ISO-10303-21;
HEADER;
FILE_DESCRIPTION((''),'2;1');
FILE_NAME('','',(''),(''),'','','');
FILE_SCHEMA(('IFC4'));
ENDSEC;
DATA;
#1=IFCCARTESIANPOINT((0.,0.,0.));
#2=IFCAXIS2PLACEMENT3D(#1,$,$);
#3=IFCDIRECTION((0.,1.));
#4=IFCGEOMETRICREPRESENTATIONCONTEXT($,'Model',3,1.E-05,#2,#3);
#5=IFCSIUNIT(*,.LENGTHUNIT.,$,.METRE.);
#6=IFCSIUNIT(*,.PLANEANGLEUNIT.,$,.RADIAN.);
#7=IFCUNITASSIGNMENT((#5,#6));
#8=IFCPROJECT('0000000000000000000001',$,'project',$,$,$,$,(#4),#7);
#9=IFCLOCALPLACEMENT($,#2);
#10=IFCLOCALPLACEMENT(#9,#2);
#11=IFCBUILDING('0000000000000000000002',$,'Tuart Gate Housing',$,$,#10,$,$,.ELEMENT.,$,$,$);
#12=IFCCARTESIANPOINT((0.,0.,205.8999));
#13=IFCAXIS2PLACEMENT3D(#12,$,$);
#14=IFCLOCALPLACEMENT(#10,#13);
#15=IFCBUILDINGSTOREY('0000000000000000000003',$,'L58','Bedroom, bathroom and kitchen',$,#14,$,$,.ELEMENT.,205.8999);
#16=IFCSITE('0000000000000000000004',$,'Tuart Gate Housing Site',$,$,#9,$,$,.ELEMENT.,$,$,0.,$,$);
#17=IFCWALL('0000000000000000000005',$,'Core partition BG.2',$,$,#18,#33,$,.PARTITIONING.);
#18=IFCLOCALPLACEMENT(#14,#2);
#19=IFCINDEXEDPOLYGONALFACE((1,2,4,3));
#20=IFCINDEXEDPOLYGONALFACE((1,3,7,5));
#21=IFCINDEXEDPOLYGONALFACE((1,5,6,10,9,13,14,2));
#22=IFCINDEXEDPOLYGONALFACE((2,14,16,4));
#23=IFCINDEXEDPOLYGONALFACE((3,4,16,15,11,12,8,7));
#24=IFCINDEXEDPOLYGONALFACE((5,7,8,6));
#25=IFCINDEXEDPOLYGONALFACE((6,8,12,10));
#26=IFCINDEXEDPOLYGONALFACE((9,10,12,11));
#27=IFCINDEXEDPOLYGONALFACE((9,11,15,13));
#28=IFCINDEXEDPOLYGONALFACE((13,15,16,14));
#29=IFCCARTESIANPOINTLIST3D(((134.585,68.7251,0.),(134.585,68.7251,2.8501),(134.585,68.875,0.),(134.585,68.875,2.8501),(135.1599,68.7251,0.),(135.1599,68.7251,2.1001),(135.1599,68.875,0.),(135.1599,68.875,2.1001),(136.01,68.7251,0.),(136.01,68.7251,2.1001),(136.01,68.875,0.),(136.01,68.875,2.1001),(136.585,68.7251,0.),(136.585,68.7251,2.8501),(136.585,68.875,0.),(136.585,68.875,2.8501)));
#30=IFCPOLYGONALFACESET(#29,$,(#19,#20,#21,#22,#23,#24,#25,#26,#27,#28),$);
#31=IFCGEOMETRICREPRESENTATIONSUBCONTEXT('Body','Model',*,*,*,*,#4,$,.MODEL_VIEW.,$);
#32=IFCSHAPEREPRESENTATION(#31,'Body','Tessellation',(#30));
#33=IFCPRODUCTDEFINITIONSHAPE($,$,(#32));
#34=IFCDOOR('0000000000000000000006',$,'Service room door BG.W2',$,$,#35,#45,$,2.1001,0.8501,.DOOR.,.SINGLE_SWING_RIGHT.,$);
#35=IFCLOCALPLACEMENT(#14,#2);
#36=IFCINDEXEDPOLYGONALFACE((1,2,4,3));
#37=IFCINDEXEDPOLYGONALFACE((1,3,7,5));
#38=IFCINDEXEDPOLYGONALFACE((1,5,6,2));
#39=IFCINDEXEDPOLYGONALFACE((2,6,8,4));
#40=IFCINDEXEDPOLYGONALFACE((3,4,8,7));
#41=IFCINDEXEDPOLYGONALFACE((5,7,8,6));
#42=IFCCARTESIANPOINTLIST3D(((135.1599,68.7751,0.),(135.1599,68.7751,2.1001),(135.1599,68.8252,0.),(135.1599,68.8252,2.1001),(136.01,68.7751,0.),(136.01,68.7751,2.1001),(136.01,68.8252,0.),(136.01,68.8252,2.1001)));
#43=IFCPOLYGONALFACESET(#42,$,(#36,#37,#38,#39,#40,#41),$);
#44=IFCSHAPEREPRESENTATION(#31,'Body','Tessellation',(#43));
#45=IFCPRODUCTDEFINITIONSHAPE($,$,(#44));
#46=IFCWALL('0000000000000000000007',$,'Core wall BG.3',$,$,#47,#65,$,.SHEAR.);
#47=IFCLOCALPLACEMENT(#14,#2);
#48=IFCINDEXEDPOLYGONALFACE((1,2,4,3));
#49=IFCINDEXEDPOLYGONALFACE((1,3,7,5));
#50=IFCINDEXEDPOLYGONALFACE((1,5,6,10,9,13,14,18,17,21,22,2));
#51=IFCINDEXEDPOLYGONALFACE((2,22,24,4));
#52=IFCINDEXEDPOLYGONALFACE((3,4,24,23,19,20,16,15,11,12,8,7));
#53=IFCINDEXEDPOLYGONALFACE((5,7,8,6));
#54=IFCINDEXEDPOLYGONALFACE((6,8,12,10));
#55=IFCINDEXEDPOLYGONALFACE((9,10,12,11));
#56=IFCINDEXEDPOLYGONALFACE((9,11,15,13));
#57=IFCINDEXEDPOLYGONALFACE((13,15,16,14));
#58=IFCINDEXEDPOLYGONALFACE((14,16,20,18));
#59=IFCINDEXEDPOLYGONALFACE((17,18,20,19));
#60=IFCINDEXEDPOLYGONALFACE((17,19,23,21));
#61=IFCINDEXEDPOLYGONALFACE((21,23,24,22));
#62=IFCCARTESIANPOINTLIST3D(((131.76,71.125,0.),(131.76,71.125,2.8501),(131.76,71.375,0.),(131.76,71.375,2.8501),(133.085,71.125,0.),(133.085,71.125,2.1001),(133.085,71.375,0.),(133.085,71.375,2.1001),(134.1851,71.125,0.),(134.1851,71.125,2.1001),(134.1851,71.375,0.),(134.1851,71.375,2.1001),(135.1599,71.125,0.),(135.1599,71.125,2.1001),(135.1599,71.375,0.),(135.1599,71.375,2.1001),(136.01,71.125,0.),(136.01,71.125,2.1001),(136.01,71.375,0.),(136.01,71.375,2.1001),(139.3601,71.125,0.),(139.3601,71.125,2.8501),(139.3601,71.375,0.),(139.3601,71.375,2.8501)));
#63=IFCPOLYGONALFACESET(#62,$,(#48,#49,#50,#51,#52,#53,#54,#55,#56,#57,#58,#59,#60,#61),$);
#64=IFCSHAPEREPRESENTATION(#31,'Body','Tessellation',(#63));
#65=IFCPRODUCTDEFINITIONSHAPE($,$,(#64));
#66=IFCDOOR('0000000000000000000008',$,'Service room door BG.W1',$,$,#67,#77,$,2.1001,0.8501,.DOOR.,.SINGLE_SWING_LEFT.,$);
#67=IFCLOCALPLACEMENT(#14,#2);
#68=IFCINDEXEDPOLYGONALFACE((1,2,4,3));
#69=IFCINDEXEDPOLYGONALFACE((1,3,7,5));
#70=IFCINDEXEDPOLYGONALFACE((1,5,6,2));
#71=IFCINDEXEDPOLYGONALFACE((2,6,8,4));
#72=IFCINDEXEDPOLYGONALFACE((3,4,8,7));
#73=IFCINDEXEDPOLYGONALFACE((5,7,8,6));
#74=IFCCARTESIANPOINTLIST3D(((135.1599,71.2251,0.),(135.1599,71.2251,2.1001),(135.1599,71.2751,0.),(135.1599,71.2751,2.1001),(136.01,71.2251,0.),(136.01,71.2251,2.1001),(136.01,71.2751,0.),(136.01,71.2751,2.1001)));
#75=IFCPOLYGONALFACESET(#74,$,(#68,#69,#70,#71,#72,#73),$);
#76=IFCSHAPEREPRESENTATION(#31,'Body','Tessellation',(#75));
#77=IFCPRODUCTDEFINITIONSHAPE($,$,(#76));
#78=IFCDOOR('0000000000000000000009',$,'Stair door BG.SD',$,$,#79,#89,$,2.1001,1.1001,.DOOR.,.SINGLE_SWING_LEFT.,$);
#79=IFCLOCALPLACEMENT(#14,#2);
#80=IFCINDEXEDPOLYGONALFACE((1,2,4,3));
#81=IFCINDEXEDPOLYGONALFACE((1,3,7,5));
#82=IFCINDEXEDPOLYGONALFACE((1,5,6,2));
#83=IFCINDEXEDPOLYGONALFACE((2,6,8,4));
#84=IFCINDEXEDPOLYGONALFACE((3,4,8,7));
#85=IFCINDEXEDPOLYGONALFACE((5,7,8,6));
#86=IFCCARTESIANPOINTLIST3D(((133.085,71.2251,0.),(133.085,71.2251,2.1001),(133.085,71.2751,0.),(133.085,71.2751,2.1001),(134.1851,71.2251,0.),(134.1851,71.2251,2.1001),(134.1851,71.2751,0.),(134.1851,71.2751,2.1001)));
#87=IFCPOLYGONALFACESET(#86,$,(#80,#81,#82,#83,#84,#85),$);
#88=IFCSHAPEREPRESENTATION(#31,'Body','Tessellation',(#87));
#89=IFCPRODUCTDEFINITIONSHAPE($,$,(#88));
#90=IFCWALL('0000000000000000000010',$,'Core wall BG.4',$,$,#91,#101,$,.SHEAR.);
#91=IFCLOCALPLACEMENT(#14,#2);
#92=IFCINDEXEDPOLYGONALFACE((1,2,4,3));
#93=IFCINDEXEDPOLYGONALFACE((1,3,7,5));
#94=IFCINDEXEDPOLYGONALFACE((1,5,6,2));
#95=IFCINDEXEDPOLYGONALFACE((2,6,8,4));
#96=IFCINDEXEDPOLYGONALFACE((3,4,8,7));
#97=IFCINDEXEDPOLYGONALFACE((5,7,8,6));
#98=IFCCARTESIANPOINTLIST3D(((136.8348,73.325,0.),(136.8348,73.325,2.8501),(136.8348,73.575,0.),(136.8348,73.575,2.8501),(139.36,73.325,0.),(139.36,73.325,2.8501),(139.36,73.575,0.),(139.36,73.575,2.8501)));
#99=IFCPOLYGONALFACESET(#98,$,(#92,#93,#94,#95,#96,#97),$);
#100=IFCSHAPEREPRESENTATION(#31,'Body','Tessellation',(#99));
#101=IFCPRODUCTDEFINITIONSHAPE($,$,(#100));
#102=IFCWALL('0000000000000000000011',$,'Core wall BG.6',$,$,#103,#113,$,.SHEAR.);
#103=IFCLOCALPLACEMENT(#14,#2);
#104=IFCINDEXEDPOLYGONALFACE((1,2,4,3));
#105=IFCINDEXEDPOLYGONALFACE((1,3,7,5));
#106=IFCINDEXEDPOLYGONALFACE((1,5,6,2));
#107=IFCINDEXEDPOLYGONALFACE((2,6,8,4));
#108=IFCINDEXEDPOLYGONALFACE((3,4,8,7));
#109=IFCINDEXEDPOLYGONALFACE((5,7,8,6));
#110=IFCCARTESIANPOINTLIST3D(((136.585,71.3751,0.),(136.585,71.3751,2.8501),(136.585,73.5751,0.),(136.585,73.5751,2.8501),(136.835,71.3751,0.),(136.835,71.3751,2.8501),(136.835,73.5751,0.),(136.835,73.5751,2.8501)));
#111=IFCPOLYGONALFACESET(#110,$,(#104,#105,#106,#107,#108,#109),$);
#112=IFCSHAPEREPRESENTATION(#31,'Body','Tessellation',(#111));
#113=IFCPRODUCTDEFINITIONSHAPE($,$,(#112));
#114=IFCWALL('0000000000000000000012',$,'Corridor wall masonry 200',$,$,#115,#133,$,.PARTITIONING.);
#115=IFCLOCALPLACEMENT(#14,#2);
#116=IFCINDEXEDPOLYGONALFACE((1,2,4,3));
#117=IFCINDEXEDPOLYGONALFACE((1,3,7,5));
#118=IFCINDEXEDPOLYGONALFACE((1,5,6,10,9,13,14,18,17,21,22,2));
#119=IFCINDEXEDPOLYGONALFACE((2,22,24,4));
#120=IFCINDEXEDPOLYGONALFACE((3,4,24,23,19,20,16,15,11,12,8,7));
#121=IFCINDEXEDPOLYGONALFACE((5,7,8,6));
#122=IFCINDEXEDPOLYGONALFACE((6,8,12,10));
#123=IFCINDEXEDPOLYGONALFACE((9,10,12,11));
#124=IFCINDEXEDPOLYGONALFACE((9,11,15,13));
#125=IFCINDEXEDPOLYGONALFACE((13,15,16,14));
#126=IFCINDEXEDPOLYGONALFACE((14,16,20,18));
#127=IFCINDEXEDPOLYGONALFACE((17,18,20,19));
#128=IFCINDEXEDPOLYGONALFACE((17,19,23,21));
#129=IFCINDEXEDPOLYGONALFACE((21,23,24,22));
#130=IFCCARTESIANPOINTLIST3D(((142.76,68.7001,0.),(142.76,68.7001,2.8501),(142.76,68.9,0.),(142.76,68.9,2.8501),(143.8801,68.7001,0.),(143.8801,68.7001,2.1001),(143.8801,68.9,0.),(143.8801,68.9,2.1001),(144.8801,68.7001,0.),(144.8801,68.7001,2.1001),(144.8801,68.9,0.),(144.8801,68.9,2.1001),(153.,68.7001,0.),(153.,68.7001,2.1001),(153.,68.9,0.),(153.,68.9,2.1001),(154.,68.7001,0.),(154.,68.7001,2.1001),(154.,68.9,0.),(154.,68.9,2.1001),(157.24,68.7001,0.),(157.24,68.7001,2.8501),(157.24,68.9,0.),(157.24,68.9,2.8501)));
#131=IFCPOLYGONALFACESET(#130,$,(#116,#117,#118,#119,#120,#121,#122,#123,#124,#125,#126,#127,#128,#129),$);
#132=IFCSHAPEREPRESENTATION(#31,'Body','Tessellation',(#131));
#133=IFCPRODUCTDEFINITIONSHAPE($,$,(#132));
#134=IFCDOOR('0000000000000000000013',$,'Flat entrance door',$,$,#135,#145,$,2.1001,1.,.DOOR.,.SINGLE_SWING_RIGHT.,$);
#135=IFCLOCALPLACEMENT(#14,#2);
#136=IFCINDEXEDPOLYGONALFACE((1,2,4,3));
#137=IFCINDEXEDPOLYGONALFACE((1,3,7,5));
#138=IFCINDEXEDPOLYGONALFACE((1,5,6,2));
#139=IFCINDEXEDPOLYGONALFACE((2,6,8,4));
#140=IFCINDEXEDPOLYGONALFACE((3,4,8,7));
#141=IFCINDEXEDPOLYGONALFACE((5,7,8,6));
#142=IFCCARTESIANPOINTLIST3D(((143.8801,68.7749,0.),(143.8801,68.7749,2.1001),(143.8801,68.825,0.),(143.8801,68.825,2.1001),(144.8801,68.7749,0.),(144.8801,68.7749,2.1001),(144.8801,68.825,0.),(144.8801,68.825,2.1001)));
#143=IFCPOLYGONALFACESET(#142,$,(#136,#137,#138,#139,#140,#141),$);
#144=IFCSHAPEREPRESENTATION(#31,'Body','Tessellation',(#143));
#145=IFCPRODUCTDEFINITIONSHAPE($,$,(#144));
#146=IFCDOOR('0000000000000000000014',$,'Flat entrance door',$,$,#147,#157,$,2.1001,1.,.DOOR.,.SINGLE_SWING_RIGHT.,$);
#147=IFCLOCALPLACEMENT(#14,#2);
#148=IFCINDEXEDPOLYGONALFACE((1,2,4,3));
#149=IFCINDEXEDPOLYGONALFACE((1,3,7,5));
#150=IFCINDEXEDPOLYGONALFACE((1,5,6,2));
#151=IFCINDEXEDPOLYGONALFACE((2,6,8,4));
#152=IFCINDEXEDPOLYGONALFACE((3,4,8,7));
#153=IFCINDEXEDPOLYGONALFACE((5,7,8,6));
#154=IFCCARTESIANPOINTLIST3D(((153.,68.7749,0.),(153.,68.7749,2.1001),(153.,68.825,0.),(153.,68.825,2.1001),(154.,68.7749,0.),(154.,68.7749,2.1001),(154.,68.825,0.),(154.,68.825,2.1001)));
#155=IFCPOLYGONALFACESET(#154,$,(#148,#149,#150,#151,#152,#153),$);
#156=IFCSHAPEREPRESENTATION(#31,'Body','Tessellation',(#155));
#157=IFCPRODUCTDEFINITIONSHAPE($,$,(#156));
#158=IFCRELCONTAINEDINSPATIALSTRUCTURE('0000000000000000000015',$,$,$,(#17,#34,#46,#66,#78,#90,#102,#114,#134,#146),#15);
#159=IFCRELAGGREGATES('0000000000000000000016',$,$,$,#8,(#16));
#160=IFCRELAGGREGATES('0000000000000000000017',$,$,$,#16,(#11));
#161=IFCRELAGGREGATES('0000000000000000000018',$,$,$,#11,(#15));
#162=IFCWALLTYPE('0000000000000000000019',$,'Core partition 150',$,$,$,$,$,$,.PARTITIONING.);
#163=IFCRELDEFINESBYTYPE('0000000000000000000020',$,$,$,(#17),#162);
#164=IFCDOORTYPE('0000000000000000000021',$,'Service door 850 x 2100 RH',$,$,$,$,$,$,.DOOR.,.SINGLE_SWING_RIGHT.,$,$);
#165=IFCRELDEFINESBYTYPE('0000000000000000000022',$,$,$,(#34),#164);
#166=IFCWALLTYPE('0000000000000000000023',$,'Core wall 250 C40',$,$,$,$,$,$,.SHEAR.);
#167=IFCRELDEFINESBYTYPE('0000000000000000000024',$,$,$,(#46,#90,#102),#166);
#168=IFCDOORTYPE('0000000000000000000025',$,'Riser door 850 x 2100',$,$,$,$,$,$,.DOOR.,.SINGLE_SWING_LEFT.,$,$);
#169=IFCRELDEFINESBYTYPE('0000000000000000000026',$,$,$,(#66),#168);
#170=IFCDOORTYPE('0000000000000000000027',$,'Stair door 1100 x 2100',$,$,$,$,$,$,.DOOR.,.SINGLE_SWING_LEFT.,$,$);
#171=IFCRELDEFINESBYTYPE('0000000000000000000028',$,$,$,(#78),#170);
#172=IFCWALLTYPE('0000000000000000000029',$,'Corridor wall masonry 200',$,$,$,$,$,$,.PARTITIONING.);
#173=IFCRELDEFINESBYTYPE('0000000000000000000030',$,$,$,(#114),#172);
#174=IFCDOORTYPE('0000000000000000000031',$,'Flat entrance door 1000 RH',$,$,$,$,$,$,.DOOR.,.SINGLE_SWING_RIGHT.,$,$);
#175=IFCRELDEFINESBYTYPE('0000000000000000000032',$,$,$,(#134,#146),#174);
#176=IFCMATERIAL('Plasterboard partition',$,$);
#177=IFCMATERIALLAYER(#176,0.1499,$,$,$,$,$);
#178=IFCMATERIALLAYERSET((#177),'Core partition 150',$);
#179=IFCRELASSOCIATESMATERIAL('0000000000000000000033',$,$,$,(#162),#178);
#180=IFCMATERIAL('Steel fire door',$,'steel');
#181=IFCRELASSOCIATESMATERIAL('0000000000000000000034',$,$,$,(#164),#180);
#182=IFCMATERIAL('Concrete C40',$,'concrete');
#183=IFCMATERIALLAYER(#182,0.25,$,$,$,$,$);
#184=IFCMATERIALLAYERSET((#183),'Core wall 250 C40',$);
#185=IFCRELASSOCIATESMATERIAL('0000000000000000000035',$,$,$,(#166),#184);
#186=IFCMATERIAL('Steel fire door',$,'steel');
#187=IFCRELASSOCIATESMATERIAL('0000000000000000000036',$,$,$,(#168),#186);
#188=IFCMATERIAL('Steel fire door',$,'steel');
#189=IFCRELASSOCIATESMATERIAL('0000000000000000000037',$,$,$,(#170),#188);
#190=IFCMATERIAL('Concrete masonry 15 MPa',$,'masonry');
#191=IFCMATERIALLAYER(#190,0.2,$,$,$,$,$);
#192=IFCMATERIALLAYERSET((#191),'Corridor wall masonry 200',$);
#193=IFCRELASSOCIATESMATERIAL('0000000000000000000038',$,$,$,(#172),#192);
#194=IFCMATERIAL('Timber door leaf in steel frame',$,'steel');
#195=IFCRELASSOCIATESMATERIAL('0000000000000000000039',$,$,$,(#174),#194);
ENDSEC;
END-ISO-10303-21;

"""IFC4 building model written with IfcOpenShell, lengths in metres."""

from ifc_helpers import new_model, si_unit, direction, frame, frame_2d, origin, place, context, subcontext, project, spatial, rectangle, extrude, material, layer, layer_set, type_object, element, fill, save


model = new_model("IFC4")

# Units and contexts
model_context = context("Model", 3, precision=1e-05, world=origin(), true_north=direction((0.0, 1.0)))
body_context = subcontext(model_context, "Body", "Model", "MODEL_VIEW")
ifc_project = project(units=[si_unit("LENGTHUNIT", "METRE"), si_unit("PLANEANGLEUNIT", "RADIAN")], contexts=[model_context])

# Site, building, storey
site_placement = place(None, origin())
site = spatial("IfcSite", under=ifc_project, at=site_placement, Name="Tuart Gate Housing Site", CompositionType="ELEMENT", RefElevation=0.0)
building_placement = place(site_placement, origin())
building = spatial("IfcBuilding", under=site, at=building_placement, Name="Tuart Gate Housing", CompositionType="ELEMENT")
storey_placement = place(building_placement, frame((0.0, 0.0, 205.8999)))
storey = spatial("IfcBuildingStorey", under=building, at=storey_placement, Name="L58", Description="Bedroom, bathroom and kitchen", CompositionType="ELEMENT", Elevation=205.8999)

# Wall, opening, door
ifc_material_1 = material(Name="Plasterboard partition")
ifc_layer_1 = layer(ifc_material_1, 0.1499)
ifc_layer_set_1 = layer_set([ifc_layer_1], Name="Core partition 150")
wall_type_1 = type_object("IfcWallType", Name="Core partition 150", PredefinedType="PARTITIONING", material=ifc_layer_set_1)
wall_1_placement = place(storey_placement, frame((136.585, 68.8, 0.0), z_axis=(0.0, 0.0, 1.0), x_axis=(-1.0, 0.0, 0.0)))
wall_1 = element("IfcWall", 1, at=wall_1_placement, inside=storey, type_object=wall_type_1, Name="Core partition BG.2", PredefinedType="PARTITIONING", context=body_context, shape_type="SweptSolid", body=[
    extrude(rectangle(XDim=2.0, YDim=0.1499, at=frame_2d((1.0, 0.0))), origin(), (0.0, 0.0, 1.0), 2.8501),
])
opening_1_placement = place(wall_1_placement, frame((0.575, 0.0, 0.0)))
opening_1 = element("IfcOpeningElement", 2, at=opening_1_placement, cuts=wall_1, PredefinedType="OPENING", context=body_context, shape_type="SweptSolid", body=[
    extrude(rectangle(XDim=0.8501, YDim=2.1001, at=frame_2d((0.425, 1.05))), frame((0.0, 0.085, 0.0), z_axis=(0.0, -1.0, 0.0), x_axis=(1.0, 0.0, 0.0)), (0.0, 0.0, 1.0), 0.1699),
])
ifc_material_2 = material(Name="Steel fire door", Category="steel")
door_type_1 = type_object("IfcDoorType", Name="Service door 850 x 2100 RH", OperationType="SINGLE_SWING_RIGHT", PredefinedType="DOOR", material=ifc_material_2)
door_1_placement = place(opening_1_placement, frame((0.8501, 0.0, 0.0), z_axis=(0.0, 0.0, 1.0), x_axis=(-1.0, 0.0, 0.0)))
door_1 = element("IfcDoor", 3, at=door_1_placement, inside=storey, type_object=door_type_1, Name="Service room door BG.W2", OperationType="SINGLE_SWING_RIGHT", OverallHeight=2.1001, OverallWidth=0.8501, PredefinedType="DOOR", context=body_context, shape_type="SweptSolid", body=[
    extrude(rectangle(XDim=0.8501, YDim=2.1001, at=frame_2d((0.425, 1.05))), frame((0.0, 0.0251, 0.0), z_axis=(0.0, -1.0, 0.0), x_axis=(1.0, 0.0, 0.0)), (0.0, 0.0, 1.0), 0.05),
])
fill(opening_1, door_1)

# Wall, openings, doors
ifc_material_3 = material(Name="Concrete C40", Category="concrete")
ifc_layer_2 = layer(ifc_material_3, 0.25)
ifc_layer_set_2 = layer_set([ifc_layer_2], Name="Core wall 250 C40")
wall_type_2 = type_object("IfcWallType", Name="Core wall 250 C40", PredefinedType="SHEAR", material=ifc_layer_set_2)
wall_2_placement = place(storey_placement, frame((139.3601, 71.25, 0.0), z_axis=(0.0, 0.0, 1.0), x_axis=(-1.0, 0.0, 0.0)))
wall_2 = element("IfcWall", 4, at=wall_2_placement, inside=storey, type_object=wall_type_2, Name="Core wall BG.3", PredefinedType="SHEAR", context=body_context, shape_type="SweptSolid", body=[
    extrude(rectangle(XDim=7.6001, YDim=0.25, at=frame_2d((3.8, 0.0))), origin(), (0.0, 0.0, 1.0), 2.8501),
])
opening_2_placement = place(wall_2_placement, frame((5.175, 0.0, 0.0)))
opening_2 = element("IfcOpeningElement", 5, at=opening_2_placement, cuts=wall_2, PredefinedType="OPENING", context=body_context, shape_type="SweptSolid", body=[
    extrude(rectangle(XDim=1.1001, YDim=2.1001, at=frame_2d((0.55, 1.05))), frame((0.0, 0.135, 0.0), z_axis=(0.0, -1.0, 0.0), x_axis=(1.0, 0.0, 0.0)), (0.0, 0.0, 1.0), 0.27),
])
opening_3_placement = place(wall_2_placement, frame((3.3501, 0.0, 0.0)))
opening_3 = element("IfcOpeningElement", 6, at=opening_3_placement, cuts=wall_2, PredefinedType="OPENING", context=body_context, shape_type="SweptSolid", body=[
    extrude(rectangle(XDim=0.8501, YDim=2.1001, at=frame_2d((0.425, 1.05))), frame((0.0, 0.135, 0.0), z_axis=(0.0, -1.0, 0.0), x_axis=(1.0, 0.0, 0.0)), (0.0, 0.0, 1.0), 0.27),
])
ifc_material_4 = material(Name="Steel fire door", Category="steel")
door_type_2 = type_object("IfcDoorType", Name="Riser door 850 x 2100", OperationType="SINGLE_SWING_LEFT", PredefinedType="DOOR", material=ifc_material_4)
door_2_placement = place(opening_3_placement, origin())
door_2 = element("IfcDoor", 7, at=door_2_placement, inside=storey, type_object=door_type_2, Name="Service room door BG.W1", OperationType="SINGLE_SWING_LEFT", OverallHeight=2.1001, OverallWidth=0.8501, PredefinedType="DOOR", context=body_context, shape_type="SweptSolid", body=[
    extrude(rectangle(XDim=0.8501, YDim=2.1001, at=frame_2d((0.425, 1.05))), frame((0.0, 0.0249, 0.0), z_axis=(0.0, -1.0, 0.0), x_axis=(1.0, 0.0, 0.0)), (0.0, 0.0, 1.0), 0.05),
])
fill(opening_3, door_2)
ifc_material_5 = material(Name="Steel fire door", Category="steel")
door_type_3 = type_object("IfcDoorType", Name="Stair door 1100 x 2100", OperationType="SINGLE_SWING_LEFT", PredefinedType="DOOR", material=ifc_material_5)
door_3_placement = place(opening_2_placement, origin())
door_3 = element("IfcDoor", 8, at=door_3_placement, inside=storey, type_object=door_type_3, Name="Stair door BG.SD", OperationType="SINGLE_SWING_LEFT", OverallHeight=2.1001, OverallWidth=1.1001, PredefinedType="DOOR", context=body_context, shape_type="SweptSolid", body=[
    extrude(rectangle(XDim=1.1001, YDim=2.1001, at=frame_2d((0.55, 1.05))), frame((0.0, 0.0249, 0.0), z_axis=(0.0, -1.0, 0.0), x_axis=(1.0, 0.0, 0.0)), (0.0, 0.0, 1.0), 0.05),
])
fill(opening_2, door_3)

# Walls
wall_3_placement = place(storey_placement, frame((139.3601, 73.45, 0.0), z_axis=(0.0, 0.0, 1.0), x_axis=(-1.0, 0.0, 0.0)))
element("IfcWall", 9, at=wall_3_placement, inside=storey, type_object=wall_type_2, Name="Core wall BG.4", PredefinedType="SHEAR", context=body_context, shape_type="SweptSolid", body=[
    extrude(rectangle(XDim=2.5251, YDim=0.25, at=frame_2d((1.2627, 0.0))), origin(), (0.0, 0.0, 1.0), 2.8501),
])
wall_4_placement = place(storey_placement, frame((136.71, 71.375, 0.0), z_axis=(0.0, 0.0, 1.0), x_axis=(0.0, 1.0, 0.0)))
element("IfcWall", 10, at=wall_4_placement, inside=storey, type_object=wall_type_2, Name="Core wall BG.6", PredefinedType="SHEAR", context=body_context, shape_type="SweptSolid", body=[
    extrude(rectangle(XDim=2.2, YDim=0.25, at=frame_2d((1.1001, 0.0))), origin(), (0.0, 0.0, 1.0), 2.8501),
])

# Wall, openings, doors
ifc_material_6 = material(Name="Concrete masonry 15 MPa", Category="masonry")
ifc_layer_3 = layer(ifc_material_6, 0.2)
ifc_layer_set_3 = layer_set([ifc_layer_3], Name="Corridor wall masonry 200")
wall_type_3 = type_object("IfcWallType", Name="Corridor wall masonry 200", PredefinedType="PARTITIONING", material=ifc_layer_set_3)
wall_5_placement = place(storey_placement, frame((142.76, 68.8, 0.0), z_axis=(0.0, 0.0, 1.0), x_axis=(1.0, 0.0, 0.0)))
wall_5 = element("IfcWall", 11, at=wall_5_placement, inside=storey, type_object=wall_type_3, Name="Corridor wall masonry 200", PredefinedType="PARTITIONING", context=body_context, shape_type="SweptSolid", body=[
    extrude(rectangle(XDim=14.48, YDim=0.2, at=frame_2d((7.24, 0.0))), origin(), (0.0, 0.0, 1.0), 2.8501),
])
opening_4_placement = place(wall_5_placement, frame((1.1201, 0.0, 0.0)))
opening_4 = element("IfcOpeningElement", 12, at=opening_4_placement, cuts=wall_5, PredefinedType="OPENING", context=body_context, shape_type="SweptSolid", body=[
    extrude(rectangle(XDim=1.0, YDim=2.1001, at=frame_2d((0.5, 1.05))), frame((0.0, 0.1099, 0.0), z_axis=(0.0, -1.0, 0.0), x_axis=(1.0, 0.0, 0.0)), (0.0, 0.0, 1.0), 0.22),
])
opening_5_placement = place(wall_5_placement, frame((10.24, 0.0, 0.0)))
opening_5 = element("IfcOpeningElement", 13, at=opening_5_placement, cuts=wall_5, PredefinedType="OPENING", context=body_context, shape_type="SweptSolid", body=[
    extrude(rectangle(XDim=1.0, YDim=2.1001, at=frame_2d((0.5, 1.05))), frame((0.0, 0.1099, 0.0), z_axis=(0.0, -1.0, 0.0), x_axis=(1.0, 0.0, 0.0)), (0.0, 0.0, 1.0), 0.22),
])
ifc_material_7 = material(Name="Timber door leaf in steel frame", Category="steel")
door_type_4 = type_object("IfcDoorType", Name="Flat entrance door 1000 RH", OperationType="SINGLE_SWING_RIGHT", PredefinedType="DOOR", material=ifc_material_7)
door_4_placement = place(opening_4_placement, frame((1.0, 0.0, 0.0), z_axis=(0.0, 0.0, 1.0), x_axis=(-1.0, 0.0, 0.0)))
door_4 = element("IfcDoor", 14, at=door_4_placement, inside=storey, type_object=door_type_4, Name="Flat entrance door", OperationType="SINGLE_SWING_RIGHT", OverallHeight=2.1001, OverallWidth=1.0, PredefinedType="DOOR", context=body_context, shape_type="SweptSolid", body=[
    extrude(rectangle(XDim=1.0, YDim=2.1001, at=frame_2d((0.5, 1.05))), frame((0.0, 0.0251, 0.0), z_axis=(0.0, -1.0, 0.0), x_axis=(1.0, 0.0, 0.0)), (0.0, 0.0, 1.0), 0.05),
])
fill(opening_4, door_4)
door_5_placement = place(opening_5_placement, frame((1.0, 0.0, 0.0), z_axis=(0.0, 0.0, 1.0), x_axis=(-1.0, 0.0, 0.0)))
door_5 = element("IfcDoor", 15, at=door_5_placement, inside=storey, type_object=door_type_4, Name="Flat entrance door", OperationType="SINGLE_SWING_RIGHT", OverallHeight=2.1001, OverallWidth=1.0, PredefinedType="DOOR", context=body_context, shape_type="SweptSolid", body=[
    extrude(rectangle(XDim=1.0, YDim=2.1001, at=frame_2d((0.5, 1.05))), frame((0.0, 0.0251, 0.0), z_axis=(0.0, -1.0, 0.0), x_axis=(1.0, 0.0, 0.0)), (0.0, 0.0, 1.0), 0.05),
])
fill(opening_5, door_5)

save(model, "model.ifc")
